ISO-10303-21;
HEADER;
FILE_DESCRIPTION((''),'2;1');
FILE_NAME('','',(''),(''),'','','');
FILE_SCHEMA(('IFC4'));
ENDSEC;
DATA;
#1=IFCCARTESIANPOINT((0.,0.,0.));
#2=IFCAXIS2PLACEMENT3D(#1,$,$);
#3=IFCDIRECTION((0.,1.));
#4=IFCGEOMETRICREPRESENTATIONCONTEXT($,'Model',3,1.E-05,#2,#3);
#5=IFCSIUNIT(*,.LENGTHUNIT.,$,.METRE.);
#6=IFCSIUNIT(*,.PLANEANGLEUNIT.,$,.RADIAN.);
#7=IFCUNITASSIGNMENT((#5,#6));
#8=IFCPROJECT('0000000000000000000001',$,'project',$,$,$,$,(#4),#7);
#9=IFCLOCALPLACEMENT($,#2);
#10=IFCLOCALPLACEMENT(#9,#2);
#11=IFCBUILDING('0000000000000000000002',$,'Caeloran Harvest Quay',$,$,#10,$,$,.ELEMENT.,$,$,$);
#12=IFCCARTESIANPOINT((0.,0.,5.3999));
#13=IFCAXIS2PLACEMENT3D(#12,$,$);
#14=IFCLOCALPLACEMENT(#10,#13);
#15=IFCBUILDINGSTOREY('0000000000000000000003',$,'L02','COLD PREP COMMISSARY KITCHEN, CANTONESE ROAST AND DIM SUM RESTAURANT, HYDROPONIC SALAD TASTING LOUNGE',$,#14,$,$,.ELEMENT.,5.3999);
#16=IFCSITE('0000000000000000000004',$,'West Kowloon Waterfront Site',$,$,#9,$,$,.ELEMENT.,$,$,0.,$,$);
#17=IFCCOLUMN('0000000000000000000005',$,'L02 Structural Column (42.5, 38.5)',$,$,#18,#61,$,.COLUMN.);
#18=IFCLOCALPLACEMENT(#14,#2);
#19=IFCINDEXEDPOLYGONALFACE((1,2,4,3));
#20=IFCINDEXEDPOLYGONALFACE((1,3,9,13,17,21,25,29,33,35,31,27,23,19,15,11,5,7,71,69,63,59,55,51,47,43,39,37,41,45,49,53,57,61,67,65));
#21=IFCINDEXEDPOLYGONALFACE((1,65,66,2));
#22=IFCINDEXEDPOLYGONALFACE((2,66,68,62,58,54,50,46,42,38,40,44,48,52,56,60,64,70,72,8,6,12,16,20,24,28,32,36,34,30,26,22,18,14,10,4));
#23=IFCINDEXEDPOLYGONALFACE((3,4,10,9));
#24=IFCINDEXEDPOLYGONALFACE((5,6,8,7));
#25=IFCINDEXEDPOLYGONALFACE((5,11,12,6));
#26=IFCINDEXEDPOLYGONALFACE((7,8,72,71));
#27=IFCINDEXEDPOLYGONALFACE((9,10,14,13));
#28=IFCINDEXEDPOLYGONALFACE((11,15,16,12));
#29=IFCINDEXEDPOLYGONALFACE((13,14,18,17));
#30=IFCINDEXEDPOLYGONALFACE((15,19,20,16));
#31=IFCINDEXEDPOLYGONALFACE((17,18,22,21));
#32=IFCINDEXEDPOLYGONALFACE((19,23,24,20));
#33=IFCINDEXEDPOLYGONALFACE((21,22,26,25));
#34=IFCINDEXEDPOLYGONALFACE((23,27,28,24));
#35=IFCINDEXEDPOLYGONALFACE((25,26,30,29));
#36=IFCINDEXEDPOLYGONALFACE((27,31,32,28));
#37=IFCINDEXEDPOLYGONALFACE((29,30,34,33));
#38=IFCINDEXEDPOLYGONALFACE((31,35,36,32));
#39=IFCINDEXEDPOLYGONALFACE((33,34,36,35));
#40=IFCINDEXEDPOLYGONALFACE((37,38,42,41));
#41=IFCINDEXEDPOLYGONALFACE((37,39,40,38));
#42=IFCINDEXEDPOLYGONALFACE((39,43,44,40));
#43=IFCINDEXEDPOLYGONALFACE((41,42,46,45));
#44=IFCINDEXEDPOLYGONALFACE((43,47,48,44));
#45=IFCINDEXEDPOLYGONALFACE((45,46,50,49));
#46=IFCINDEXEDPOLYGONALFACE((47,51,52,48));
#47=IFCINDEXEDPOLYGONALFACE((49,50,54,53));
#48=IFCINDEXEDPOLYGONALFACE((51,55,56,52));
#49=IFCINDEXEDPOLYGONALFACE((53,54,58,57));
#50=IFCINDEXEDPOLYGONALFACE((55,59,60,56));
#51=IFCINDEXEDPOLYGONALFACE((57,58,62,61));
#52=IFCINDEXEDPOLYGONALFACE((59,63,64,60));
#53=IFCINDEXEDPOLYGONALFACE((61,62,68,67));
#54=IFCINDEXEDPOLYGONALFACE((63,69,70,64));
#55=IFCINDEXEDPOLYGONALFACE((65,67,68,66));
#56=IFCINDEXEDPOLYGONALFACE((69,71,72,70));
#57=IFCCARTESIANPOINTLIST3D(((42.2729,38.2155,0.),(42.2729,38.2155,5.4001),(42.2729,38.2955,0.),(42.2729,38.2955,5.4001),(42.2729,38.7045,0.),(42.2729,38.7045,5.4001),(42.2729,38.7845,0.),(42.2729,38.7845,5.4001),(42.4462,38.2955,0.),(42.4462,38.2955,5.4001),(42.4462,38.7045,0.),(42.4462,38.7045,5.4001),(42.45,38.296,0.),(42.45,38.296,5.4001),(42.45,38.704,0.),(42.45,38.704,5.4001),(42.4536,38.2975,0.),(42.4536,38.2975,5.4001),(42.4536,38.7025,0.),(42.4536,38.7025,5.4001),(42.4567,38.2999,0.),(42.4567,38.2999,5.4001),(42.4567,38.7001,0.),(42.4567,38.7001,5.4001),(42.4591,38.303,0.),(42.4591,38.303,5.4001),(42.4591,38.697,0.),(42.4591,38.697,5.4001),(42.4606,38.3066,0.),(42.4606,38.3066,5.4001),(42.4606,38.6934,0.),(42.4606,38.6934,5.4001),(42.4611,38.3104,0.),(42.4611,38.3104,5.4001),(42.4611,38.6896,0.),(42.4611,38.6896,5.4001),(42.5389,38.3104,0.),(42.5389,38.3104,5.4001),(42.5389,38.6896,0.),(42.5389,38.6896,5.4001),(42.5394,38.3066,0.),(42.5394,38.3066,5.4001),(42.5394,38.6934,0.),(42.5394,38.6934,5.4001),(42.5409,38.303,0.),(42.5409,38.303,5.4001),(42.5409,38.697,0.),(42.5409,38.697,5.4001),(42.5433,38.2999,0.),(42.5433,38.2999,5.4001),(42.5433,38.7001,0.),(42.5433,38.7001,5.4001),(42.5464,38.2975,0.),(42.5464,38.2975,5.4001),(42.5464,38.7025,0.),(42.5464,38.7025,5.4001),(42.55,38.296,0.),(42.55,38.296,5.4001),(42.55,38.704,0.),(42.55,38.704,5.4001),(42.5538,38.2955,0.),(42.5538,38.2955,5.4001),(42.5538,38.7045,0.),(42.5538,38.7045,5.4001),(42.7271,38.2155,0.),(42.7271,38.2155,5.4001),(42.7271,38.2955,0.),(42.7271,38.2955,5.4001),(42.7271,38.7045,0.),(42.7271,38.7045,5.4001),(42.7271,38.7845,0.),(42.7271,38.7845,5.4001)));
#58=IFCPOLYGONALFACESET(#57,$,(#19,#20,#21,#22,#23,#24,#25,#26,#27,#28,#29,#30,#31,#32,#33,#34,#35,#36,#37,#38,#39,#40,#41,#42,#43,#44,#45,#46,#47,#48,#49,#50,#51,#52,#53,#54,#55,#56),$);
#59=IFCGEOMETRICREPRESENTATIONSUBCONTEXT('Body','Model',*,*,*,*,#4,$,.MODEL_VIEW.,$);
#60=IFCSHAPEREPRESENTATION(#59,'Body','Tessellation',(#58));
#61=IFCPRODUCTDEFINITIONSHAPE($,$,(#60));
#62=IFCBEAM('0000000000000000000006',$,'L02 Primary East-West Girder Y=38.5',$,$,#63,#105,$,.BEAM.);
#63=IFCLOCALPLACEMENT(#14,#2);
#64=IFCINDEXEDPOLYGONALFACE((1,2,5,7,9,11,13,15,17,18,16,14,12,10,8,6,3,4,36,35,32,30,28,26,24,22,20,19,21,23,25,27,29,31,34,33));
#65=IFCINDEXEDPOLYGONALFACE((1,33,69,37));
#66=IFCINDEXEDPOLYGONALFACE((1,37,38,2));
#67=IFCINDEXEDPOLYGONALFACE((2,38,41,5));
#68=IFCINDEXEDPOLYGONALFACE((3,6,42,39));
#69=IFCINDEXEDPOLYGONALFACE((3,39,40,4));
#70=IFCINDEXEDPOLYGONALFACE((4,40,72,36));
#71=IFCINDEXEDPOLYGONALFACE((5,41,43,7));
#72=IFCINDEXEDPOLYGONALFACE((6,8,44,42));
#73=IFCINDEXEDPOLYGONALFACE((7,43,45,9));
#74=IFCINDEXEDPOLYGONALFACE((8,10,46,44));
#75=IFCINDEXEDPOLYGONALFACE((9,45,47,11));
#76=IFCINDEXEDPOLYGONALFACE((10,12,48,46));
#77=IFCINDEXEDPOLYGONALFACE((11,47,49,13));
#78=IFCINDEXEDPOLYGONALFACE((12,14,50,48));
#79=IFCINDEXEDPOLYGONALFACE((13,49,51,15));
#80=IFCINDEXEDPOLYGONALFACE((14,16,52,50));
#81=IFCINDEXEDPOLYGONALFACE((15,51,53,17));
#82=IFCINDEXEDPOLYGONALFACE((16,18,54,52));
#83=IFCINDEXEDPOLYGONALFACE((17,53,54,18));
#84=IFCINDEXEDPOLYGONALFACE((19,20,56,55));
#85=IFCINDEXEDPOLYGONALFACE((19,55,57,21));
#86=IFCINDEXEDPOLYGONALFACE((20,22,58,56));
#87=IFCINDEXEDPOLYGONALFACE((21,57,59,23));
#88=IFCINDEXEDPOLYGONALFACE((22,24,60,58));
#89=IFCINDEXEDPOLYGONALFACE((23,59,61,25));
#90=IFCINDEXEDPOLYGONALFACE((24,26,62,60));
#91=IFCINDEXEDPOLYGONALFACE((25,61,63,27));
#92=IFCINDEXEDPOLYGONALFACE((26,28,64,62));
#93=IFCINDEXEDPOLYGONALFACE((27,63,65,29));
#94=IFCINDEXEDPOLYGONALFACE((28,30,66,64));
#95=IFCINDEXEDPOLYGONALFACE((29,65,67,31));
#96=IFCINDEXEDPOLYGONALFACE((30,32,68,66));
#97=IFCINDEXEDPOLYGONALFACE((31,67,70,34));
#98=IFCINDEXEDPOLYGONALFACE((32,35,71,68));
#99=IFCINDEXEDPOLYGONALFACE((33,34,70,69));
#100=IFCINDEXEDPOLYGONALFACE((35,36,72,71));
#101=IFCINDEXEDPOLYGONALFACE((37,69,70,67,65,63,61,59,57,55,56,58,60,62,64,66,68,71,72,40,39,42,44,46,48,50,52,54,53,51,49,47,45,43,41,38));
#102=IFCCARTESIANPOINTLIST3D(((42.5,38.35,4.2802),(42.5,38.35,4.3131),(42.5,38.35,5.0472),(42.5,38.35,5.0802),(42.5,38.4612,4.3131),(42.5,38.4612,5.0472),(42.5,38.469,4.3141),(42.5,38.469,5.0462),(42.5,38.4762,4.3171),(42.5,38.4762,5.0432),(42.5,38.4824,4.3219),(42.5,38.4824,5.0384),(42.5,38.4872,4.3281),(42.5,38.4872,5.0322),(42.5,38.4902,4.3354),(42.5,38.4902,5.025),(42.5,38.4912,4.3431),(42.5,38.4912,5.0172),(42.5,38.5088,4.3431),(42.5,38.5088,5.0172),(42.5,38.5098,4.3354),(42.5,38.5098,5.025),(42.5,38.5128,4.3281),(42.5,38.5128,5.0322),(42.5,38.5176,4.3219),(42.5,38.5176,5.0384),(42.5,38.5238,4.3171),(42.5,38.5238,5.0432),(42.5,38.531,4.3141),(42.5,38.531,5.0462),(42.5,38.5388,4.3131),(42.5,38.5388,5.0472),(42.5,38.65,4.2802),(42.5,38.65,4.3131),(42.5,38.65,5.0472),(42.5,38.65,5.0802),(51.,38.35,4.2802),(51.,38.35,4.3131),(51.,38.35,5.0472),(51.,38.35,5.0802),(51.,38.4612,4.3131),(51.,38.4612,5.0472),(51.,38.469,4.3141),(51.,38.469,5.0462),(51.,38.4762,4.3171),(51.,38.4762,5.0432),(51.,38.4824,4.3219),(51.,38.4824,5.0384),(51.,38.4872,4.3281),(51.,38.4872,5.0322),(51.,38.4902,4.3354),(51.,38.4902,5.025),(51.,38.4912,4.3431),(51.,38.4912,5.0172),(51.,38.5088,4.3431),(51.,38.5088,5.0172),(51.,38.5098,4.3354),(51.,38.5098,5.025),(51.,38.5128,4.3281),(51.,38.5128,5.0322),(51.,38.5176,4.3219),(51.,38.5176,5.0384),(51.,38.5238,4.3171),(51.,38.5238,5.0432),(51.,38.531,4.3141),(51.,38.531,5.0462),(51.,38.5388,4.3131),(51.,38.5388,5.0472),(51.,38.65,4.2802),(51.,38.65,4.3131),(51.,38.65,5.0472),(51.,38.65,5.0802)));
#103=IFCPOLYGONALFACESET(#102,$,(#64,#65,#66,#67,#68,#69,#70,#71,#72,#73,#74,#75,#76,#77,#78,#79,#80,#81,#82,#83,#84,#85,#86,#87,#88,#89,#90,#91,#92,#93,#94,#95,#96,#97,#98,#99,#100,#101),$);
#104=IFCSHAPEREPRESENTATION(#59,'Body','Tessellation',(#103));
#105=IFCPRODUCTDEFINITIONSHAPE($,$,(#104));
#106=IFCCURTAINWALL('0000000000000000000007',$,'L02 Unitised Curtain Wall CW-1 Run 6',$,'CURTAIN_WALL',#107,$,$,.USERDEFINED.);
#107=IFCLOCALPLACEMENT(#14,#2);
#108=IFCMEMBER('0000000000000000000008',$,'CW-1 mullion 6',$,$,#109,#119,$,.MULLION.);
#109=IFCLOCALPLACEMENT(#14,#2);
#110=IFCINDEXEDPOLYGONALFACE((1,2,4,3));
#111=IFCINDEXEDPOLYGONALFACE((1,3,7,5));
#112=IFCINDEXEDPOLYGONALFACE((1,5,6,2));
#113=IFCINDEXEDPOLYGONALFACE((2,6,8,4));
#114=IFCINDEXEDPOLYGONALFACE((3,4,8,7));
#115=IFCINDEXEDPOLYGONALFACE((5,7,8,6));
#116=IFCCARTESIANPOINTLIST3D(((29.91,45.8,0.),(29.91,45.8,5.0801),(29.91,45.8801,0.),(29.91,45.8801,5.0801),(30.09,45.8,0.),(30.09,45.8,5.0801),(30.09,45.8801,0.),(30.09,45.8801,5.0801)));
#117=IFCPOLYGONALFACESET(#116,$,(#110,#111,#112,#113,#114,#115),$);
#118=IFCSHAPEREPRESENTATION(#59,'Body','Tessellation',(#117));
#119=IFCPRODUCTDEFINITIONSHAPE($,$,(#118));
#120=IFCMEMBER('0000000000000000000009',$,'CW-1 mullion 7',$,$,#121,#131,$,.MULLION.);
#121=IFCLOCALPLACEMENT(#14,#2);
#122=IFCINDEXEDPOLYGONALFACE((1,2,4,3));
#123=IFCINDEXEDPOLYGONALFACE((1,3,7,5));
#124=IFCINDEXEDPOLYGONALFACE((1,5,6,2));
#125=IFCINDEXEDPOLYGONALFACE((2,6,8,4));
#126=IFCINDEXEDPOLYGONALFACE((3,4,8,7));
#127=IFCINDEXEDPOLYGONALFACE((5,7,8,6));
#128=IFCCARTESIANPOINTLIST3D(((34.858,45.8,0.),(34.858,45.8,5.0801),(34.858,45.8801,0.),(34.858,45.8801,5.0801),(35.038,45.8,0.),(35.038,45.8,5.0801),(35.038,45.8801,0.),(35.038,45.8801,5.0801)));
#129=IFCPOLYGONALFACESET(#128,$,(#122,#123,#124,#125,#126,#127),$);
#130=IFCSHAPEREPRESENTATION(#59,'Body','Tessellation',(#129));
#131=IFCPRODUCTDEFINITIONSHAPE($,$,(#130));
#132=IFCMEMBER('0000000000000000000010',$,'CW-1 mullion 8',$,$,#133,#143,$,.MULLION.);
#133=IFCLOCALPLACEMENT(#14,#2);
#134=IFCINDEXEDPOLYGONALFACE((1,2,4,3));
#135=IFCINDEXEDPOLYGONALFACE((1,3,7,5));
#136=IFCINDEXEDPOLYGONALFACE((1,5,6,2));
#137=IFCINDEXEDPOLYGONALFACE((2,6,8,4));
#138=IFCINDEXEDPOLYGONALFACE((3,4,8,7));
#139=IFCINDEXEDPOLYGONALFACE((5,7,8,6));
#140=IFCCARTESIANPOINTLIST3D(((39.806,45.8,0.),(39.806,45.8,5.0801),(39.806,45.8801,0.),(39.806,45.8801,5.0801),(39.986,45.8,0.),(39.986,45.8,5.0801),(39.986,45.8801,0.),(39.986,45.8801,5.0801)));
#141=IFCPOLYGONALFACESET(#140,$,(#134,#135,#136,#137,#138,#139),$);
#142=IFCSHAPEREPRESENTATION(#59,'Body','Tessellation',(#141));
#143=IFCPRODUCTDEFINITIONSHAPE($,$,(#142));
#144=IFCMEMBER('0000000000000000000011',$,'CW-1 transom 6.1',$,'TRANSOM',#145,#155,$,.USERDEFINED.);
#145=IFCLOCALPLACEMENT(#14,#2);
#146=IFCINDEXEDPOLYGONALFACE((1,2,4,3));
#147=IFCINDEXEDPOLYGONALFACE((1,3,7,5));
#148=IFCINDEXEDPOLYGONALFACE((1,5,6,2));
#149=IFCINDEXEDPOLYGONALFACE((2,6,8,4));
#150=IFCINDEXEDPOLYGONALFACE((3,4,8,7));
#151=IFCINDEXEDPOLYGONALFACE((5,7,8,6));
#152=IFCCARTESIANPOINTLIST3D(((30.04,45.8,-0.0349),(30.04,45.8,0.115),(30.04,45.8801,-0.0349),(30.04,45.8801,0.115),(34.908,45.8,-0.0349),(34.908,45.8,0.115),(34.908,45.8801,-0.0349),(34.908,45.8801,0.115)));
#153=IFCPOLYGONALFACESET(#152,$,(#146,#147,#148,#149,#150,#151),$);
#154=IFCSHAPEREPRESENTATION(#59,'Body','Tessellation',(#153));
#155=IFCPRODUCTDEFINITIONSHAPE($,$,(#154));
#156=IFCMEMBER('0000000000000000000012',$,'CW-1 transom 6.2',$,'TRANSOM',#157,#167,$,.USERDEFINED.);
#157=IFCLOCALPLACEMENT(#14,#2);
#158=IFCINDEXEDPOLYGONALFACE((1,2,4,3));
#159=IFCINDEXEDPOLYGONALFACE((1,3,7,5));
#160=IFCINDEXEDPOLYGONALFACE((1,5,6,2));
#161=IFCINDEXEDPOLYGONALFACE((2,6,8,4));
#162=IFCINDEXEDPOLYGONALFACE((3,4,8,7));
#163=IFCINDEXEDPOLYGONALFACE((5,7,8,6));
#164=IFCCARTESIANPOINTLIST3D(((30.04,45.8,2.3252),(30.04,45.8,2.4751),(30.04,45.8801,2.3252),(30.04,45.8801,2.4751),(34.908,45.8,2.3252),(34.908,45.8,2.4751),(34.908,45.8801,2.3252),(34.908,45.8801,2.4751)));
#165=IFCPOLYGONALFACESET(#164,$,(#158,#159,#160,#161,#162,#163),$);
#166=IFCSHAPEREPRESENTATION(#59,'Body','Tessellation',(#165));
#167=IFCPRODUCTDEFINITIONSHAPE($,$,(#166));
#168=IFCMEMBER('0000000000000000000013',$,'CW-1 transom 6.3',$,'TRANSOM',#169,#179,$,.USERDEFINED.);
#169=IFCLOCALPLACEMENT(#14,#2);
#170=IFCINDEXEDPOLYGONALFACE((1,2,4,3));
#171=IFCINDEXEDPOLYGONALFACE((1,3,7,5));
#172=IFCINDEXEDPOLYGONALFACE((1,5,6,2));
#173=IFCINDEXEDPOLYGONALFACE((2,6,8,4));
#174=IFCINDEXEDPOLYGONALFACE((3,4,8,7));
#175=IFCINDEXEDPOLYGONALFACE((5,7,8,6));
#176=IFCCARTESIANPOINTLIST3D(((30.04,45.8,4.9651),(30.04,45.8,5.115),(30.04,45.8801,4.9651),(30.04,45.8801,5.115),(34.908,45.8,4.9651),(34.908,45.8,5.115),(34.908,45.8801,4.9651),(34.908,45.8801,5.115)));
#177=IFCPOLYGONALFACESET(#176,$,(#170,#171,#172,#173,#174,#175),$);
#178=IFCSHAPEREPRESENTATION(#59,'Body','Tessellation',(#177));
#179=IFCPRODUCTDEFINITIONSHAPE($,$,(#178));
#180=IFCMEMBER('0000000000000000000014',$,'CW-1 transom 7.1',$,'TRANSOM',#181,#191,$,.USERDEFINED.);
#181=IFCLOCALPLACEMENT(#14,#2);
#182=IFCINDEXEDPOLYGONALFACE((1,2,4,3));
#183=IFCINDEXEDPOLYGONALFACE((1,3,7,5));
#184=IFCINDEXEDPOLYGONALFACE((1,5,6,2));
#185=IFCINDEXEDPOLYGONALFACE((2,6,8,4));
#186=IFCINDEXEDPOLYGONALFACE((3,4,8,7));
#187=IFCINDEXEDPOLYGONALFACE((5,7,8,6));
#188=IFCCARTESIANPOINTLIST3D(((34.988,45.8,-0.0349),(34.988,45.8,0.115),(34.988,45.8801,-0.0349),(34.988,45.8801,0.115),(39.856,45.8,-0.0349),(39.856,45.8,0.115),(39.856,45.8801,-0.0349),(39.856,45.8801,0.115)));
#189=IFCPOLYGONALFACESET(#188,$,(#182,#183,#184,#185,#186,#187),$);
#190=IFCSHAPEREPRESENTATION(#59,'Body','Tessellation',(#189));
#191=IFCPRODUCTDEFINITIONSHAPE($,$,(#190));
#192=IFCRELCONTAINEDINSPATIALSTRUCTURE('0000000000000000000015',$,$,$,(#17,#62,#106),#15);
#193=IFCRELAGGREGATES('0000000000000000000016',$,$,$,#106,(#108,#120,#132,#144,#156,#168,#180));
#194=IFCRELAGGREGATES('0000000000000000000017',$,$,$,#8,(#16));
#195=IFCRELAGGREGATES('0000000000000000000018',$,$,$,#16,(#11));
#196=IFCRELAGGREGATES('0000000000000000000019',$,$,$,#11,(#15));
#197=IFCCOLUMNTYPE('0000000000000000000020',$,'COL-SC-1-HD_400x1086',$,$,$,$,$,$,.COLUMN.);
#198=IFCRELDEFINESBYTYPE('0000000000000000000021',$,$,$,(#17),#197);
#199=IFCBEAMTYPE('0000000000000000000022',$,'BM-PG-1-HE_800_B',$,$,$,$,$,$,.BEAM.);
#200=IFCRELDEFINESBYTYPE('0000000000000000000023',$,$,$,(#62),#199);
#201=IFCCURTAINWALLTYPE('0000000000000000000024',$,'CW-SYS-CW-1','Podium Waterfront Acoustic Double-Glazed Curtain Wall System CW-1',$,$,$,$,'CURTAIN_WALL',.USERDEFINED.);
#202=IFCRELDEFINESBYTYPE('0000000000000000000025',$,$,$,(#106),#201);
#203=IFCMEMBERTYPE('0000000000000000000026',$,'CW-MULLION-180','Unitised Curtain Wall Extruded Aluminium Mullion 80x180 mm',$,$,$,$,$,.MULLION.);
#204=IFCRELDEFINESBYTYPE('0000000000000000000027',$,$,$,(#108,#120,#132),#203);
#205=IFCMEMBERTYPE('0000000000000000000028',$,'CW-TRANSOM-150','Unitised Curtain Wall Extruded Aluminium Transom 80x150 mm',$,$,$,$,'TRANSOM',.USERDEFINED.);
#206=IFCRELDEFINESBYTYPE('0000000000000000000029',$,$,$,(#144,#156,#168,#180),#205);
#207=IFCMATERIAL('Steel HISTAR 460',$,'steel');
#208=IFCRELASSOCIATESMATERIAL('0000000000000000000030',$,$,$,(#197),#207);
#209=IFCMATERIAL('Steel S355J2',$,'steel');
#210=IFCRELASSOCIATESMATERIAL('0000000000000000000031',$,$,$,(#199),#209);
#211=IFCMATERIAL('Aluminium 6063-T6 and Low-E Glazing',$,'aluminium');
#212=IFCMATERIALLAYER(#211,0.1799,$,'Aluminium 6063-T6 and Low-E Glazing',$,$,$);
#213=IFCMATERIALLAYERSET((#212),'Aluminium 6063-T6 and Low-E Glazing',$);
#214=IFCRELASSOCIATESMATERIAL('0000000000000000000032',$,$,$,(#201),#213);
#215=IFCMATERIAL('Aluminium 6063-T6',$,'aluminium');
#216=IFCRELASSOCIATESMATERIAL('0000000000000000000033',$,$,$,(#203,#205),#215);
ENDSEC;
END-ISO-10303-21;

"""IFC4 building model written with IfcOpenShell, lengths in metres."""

from ifc_helpers import new_model, si_unit, direction, frame, origin, origin_2d, place, context, subcontext, project, spatial, rectangle, i_section, extrude, material, layer, layer_set, material_profile, profile_set, type_object, element, aggregate, save


model = new_model("IFC4")

# Units and contexts
model_context = context("Model", 3, precision=1e-05, world=origin(), true_north=direction((0.0, 1.0)))
body_context = subcontext(model_context, "Body", "Model", "MODEL_VIEW")
ifc_project = project(units=[si_unit("LENGTHUNIT", "METRE"), si_unit("PLANEANGLEUNIT", "RADIAN")], contexts=[model_context])

# Site, building, storey
site_placement = place(None, origin())
site = spatial("IfcSite", under=ifc_project, at=site_placement, Name="West Kowloon Waterfront Site", CompositionType="ELEMENT", RefElevation=0.0)
building_placement = place(site_placement, origin())
building = spatial("IfcBuilding", under=site, at=building_placement, Name="Caeloran Harvest Quay", CompositionType="ELEMENT")
storey_placement = place(building_placement, frame((0.0, 0.0, 5.3999)))
storey = spatial("IfcBuildingStorey", under=building, at=storey_placement, Name="L02", Description="COLD PREP COMMISSARY KITCHEN, CANTONESE ROAST AND DIM SUM RESTAURANT, HYDROPONIC SALAD TASTING LOUNGE", CompositionType="ELEMENT", Elevation=5.3999)

# Column
ifc_material_1 = material(Name="Steel HISTAR 460", Category="steel")
ifc_material_profile_1 = material_profile(ifc_material_1, i_section(OverallWidth=0.4541, OverallDepth=0.5691, WebThickness=0.0779, FlangeThickness=0.0801, FilletRadius=0.0149, at=origin_2d()), Name="HD 400x1086")
ifc_profile_set_1 = profile_set([ifc_material_profile_1], Name="Steel HISTAR 460")
column_type = type_object("IfcColumnType", Name="COL-SC-1-HD_400x1086", PredefinedType="COLUMN", material=ifc_profile_set_1)
column_placement = place(storey_placement, frame((42.5, 38.5, 0.0), z_axis=(0.0, 0.0, 1.0), x_axis=(1.0, 0.0, 0.0)))
element("IfcColumn", 1, at=column_placement, inside=storey, type_object=column_type, Name="L02 Structural Column (42.5, 38.5)", PredefinedType="COLUMN", context=body_context, shape_type="SweptSolid", body=[
    extrude(i_section(OverallWidth=0.4541, OverallDepth=0.5691, WebThickness=0.0779, FlangeThickness=0.0801, FilletRadius=0.0149, at=origin_2d()), origin(), (0.0, 0.0, 1.0), 5.4001),
])

# Beam
ifc_material_2 = material(Name="Steel S355J2", Category="steel")
ifc_material_profile_2 = material_profile(ifc_material_2, i_section(OverallWidth=0.3, OverallDepth=0.8, WebThickness=0.0176, FlangeThickness=0.033, FilletRadius=0.03, at=origin_2d()), Name="HE 800 B")
ifc_profile_set_2 = profile_set([ifc_material_profile_2], Name="Steel S355J2")
beam_type = type_object("IfcBeamType", Name="BM-PG-1-HE_800_B", PredefinedType="BEAM", material=ifc_profile_set_2)
beam_placement = place(storey_placement, frame((42.5, 38.5, 4.6802), z_axis=(1.0, 0.0, 0.0), x_axis=(0.0, 1.0, 0.0)))
element("IfcBeam", 2, at=beam_placement, inside=storey, type_object=beam_type, Name="L02 Primary East-West Girder Y=38.5", PredefinedType="BEAM", context=body_context, shape_type="SweptSolid", body=[
    extrude(i_section(OverallWidth=0.3, OverallDepth=0.8, WebThickness=0.0176, FlangeThickness=0.033, FilletRadius=0.03, at=origin_2d()), origin(), (0.0, 0.0, 1.0), 8.5),
])

# Curtain wall, members
ifc_material_3 = material(Name="Aluminium 6063-T6 and Low-E Glazing", Category="aluminium")
ifc_layer_1 = layer(ifc_material_3, 0.1799, Name="Aluminium 6063-T6 and Low-E Glazing")
ifc_layer_set_1 = layer_set([ifc_layer_1], Name="Aluminium 6063-T6 and Low-E Glazing")
curtain_wall_type = type_object("IfcCurtainWallType", Name="CW-SYS-CW-1", Description="Podium Waterfront Acoustic Double-Glazed Curtain Wall System CW-1", ElementType="CURTAIN_WALL", PredefinedType="USERDEFINED", material=ifc_layer_set_1)
curtain_wall_placement = place(storey_placement, origin())
curtain_wall = element("IfcCurtainWall", 3, at=curtain_wall_placement, inside=storey, type_object=curtain_wall_type, Name="L02 Unitised Curtain Wall CW-1 Run 6", ObjectType="CURTAIN_WALL", PredefinedType="USERDEFINED")
ifc_material_4 = material(Name="Aluminium 6063-T6", Category="aluminium")
ifc_material_profile_3 = material_profile(ifc_material_4, rectangle(XDim=0.0801, YDim=0.1799, at=origin_2d()), Name="CW-MULLION-180")
ifc_profile_set_3 = profile_set([ifc_material_profile_3], Name="Aluminium 6063-T6")
member_type_1 = type_object("IfcMemberType", Name="CW-MULLION-180", Description="Unitised Curtain Wall Extruded Aluminium Mullion 80x180 mm", PredefinedType="MULLION", material=ifc_profile_set_3)
member_1_placement = place(storey_placement, frame((30.0, 45.8401, 0.0), z_axis=(0.0, 0.0, 1.0), x_axis=(0.0, 1.0, 0.0)))
member_1 = element("IfcMember", 4, at=member_1_placement, type_object=member_type_1, Name="CW-1 mullion 6", PredefinedType="MULLION", context=body_context, shape_type="SweptSolid", body=[
    extrude(rectangle(XDim=0.0801, YDim=0.1799, at=origin_2d()), origin(), (0.0, 0.0, 1.0), 5.0801),
])
member_2_placement = place(storey_placement, frame((34.948, 45.8401, 0.0), z_axis=(0.0, 0.0, 1.0), x_axis=(0.0, 1.0, 0.0)))
member_2 = element("IfcMember", 5, at=member_2_placement, type_object=member_type_1, Name="CW-1 mullion 7", PredefinedType="MULLION", context=body_context, shape_type="SweptSolid", body=[
    extrude(rectangle(XDim=0.0801, YDim=0.1799, at=origin_2d()), origin(), (0.0, 0.0, 1.0), 5.0801),
])
member_3_placement = place(storey_placement, frame((39.896, 45.8401, 0.0), z_axis=(0.0, 0.0, 1.0), x_axis=(0.0, 1.0, 0.0)))
member_3 = element("IfcMember", 6, at=member_3_placement, type_object=member_type_1, Name="CW-1 mullion 8", PredefinedType="MULLION", context=body_context, shape_type="SweptSolid", body=[
    extrude(rectangle(XDim=0.0801, YDim=0.1799, at=origin_2d()), origin(), (0.0, 0.0, 1.0), 5.0801),
])
ifc_material_profile_4 = material_profile(ifc_material_4, rectangle(XDim=0.0801, YDim=0.1499, at=origin_2d()), Name="CW-TRANSOM-150")
ifc_profile_set_4 = profile_set([ifc_material_profile_4], Name="Aluminium 6063-T6")
member_type_2 = type_object("IfcMemberType", Name="CW-TRANSOM-150", Description="Unitised Curtain Wall Extruded Aluminium Transom 80x150 mm", ElementType="TRANSOM", PredefinedType="USERDEFINED", material=ifc_profile_set_4)
member_4_placement = place(storey_placement, frame((30.04, 45.8401, 0.04), z_axis=(1.0, 0.0, 0.0), x_axis=(0.0, 1.0, 0.0)))
member_4 = element("IfcMember", 7, at=member_4_placement, type_object=member_type_2, Name="CW-1 transom 6.1", ObjectType="TRANSOM", PredefinedType="USERDEFINED", context=body_context, shape_type="SweptSolid", body=[
    extrude(rectangle(XDim=0.0801, YDim=0.1499, at=origin_2d()), origin(), (0.0, 0.0, 1.0), 4.8679),
])
member_5_placement = place(storey_placement, frame((30.04, 45.8401, 2.4001), z_axis=(1.0, 0.0, 0.0), x_axis=(0.0, 1.0, 0.0)))
member_5 = element("IfcMember", 8, at=member_5_placement, type_object=member_type_2, Name="CW-1 transom 6.2", ObjectType="TRANSOM", PredefinedType="USERDEFINED", context=body_context, shape_type="SweptSolid", body=[
    extrude(rectangle(XDim=0.0801, YDim=0.1499, at=origin_2d()), origin(), (0.0, 0.0, 1.0), 4.8679),
])
member_6_placement = place(storey_placement, frame((30.04, 45.8401, 5.04), z_axis=(1.0, 0.0, 0.0), x_axis=(0.0, 1.0, 0.0)))
member_6 = element("IfcMember", 9, at=member_6_placement, type_object=member_type_2, Name="CW-1 transom 6.3", ObjectType="TRANSOM", PredefinedType="USERDEFINED", context=body_context, shape_type="SweptSolid", body=[
    extrude(rectangle(XDim=0.0801, YDim=0.1499, at=origin_2d()), origin(), (0.0, 0.0, 1.0), 4.8679),
])
member_7_placement = place(storey_placement, frame((34.988, 45.8401, 0.04), z_axis=(1.0, 0.0, 0.0), x_axis=(0.0, 1.0, 0.0)))
member_7 = element("IfcMember", 10, at=member_7_placement, type_object=member_type_2, Name="CW-1 transom 7.1", ObjectType="TRANSOM", PredefinedType="USERDEFINED", context=body_context, shape_type="SweptSolid", body=[
    extrude(rectangle(XDim=0.0801, YDim=0.1499, at=origin_2d()), origin(), (0.0, 0.0, 1.0), 4.8679),
])
aggregate(curtain_wall, [member_1, member_2, member_3, member_4, member_5, member_6, member_7])

save(model, "model.ifc")
